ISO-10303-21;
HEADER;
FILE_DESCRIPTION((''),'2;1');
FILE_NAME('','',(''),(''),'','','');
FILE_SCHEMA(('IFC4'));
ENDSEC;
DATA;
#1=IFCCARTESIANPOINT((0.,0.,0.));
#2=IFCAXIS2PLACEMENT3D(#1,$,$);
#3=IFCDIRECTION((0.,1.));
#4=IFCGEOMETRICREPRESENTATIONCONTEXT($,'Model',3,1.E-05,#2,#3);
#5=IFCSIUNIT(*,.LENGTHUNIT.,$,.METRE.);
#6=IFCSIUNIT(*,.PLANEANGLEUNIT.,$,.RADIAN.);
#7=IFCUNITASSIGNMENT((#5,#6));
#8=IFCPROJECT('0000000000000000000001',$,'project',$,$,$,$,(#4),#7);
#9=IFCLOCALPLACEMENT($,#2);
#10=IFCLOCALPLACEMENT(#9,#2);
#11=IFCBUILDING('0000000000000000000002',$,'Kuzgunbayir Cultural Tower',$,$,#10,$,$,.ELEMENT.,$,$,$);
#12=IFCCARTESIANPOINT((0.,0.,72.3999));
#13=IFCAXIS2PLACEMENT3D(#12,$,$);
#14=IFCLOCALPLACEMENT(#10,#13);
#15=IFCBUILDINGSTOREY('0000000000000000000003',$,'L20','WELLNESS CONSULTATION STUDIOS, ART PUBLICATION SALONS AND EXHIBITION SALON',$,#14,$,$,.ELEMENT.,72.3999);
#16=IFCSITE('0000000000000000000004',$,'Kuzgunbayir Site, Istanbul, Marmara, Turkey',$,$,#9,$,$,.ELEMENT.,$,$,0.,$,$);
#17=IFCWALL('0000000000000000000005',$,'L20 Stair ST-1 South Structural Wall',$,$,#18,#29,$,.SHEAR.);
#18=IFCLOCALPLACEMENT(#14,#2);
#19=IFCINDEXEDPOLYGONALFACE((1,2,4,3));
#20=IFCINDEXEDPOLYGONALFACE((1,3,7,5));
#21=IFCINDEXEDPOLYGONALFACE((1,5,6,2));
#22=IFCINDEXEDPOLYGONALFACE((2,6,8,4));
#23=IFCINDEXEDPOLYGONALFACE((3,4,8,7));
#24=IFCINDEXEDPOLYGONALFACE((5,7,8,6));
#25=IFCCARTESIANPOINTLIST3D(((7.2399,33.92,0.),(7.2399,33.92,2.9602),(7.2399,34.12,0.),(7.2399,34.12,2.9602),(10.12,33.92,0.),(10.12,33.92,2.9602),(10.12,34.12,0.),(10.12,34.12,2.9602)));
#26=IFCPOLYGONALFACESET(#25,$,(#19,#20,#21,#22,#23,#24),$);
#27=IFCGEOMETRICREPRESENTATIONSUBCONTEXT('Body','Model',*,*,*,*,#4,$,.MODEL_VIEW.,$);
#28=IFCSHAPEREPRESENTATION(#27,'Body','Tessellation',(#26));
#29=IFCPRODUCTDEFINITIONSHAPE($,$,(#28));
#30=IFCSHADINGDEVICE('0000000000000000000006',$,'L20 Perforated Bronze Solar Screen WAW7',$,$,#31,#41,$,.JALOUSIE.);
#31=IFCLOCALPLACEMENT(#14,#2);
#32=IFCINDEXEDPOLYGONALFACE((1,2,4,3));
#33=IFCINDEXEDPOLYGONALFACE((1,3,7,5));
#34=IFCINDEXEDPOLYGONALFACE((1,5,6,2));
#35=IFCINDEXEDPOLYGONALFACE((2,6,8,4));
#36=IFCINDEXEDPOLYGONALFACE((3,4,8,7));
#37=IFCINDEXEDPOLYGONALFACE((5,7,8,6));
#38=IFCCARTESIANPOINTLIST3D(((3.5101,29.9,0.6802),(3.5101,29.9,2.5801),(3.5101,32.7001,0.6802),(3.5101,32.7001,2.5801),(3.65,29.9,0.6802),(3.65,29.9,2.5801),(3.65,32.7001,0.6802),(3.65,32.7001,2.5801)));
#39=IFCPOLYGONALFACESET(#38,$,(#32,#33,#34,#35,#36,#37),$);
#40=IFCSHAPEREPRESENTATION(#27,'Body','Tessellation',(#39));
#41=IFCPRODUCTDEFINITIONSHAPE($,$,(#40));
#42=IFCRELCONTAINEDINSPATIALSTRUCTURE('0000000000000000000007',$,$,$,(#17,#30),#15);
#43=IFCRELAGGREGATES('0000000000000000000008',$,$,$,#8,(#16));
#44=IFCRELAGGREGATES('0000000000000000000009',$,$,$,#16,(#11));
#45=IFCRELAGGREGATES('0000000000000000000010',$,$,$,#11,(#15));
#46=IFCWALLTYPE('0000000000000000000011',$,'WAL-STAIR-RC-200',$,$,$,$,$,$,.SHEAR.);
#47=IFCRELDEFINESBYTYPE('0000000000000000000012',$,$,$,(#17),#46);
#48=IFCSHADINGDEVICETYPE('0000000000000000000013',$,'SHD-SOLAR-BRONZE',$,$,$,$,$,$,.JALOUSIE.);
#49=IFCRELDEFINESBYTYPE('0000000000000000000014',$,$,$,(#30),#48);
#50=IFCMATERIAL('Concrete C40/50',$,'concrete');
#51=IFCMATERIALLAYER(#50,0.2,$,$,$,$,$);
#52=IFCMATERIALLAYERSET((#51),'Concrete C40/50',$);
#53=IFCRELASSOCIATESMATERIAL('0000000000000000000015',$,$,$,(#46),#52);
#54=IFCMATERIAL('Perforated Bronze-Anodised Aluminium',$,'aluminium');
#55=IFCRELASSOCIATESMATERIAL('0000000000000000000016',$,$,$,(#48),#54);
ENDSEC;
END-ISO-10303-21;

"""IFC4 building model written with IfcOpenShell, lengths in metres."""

from ifc_helpers import new_model, si_unit, direction, frame, frame_2d, origin, origin_2d, place, context, subcontext, project, spatial, rectangle, extrude, material, layer, layer_set, type_object, element, save


model = new_model("IFC4")

# Units and contexts
model_context = context("Model", 3, precision=1e-05, world=origin(), true_north=direction((0.0, 1.0)))
body_context = subcontext(model_context, "Body", "Model", "MODEL_VIEW")
ifc_project = project(units=[si_unit("LENGTHUNIT", "METRE"), si_unit("PLANEANGLEUNIT", "RADIAN")], contexts=[model_context])

# Site, building, storey
site_placement = place(None, origin())
site = spatial("IfcSite", under=ifc_project, at=site_placement, Name="Kuzgunbayir Site, Istanbul, Marmara, Turkey", CompositionType="ELEMENT", RefElevation=0.0)
building_placement = place(site_placement, origin())
building = spatial("IfcBuilding", under=site, at=building_placement, Name="Kuzgunbayir Cultural Tower", CompositionType="ELEMENT")
storey_placement = place(building_placement, frame((0.0, 0.0, 72.3999)))
storey = spatial("IfcBuildingStorey", under=building, at=storey_placement, Name="L20", Description="WELLNESS CONSULTATION STUDIOS, ART PUBLICATION SALONS AND EXHIBITION SALON", CompositionType="ELEMENT", Elevation=72.3999)

# Wall
ifc_material_1 = material(Name="Concrete C40/50", Category="concrete")
ifc_layer_1 = layer(ifc_material_1, 0.2)
ifc_layer_set_1 = layer_set([ifc_layer_1], Name="Concrete C40/50")
wall_type_1 = type_object("IfcWallType", Name="WAL-STAIR-RC-200", PredefinedType="SHEAR", material=ifc_layer_set_1)
wall_1_placement = place(storey_placement, frame((7.24, 34.02, 0.0), z_axis=(0.0, 0.0, 1.0), x_axis=(1.0, 0.0, 0.0)))
element("IfcWall", 1, at=wall_1_placement, inside=storey, type_object=wall_type_1, Name="L20 Stair ST-1 South Structural Wall", PredefinedType="SHEAR", context=body_context, shape_type="SweptSolid", body=[
    extrude(rectangle(XDim=2.8801, YDim=0.2, at=frame_2d((1.4399, 0.0))), origin(), (0.0, 0.0, 1.0), 2.9602),
])

# Shading device
ifc_material_2 = material(Name="Perforated Bronze-Anodised Aluminium", Category="aluminium")
shading_device_type = type_object("IfcShadingDeviceType", Name="SHD-SOLAR-BRONZE", PredefinedType="JALOUSIE", material=ifc_material_2)
shading_device_placement = place(storey_placement, frame((3.5801, 31.3, 0.6802), z_axis=(0.0, 0.0, 1.0), x_axis=(1.0, 0.0, 0.0)))
element("IfcShadingDevice", 2, at=shading_device_placement, inside=storey, type_object=shading_device_type, Name="L20 Perforated Bronze Solar Screen WAW7", PredefinedType="JALOUSIE", context=body_context, shape_type="SweptSolid", body=[
    extrude(rectangle(XDim=0.1399, YDim=2.8, at=origin_2d()), origin(), (0.0, 0.0, 1.0), 1.8999),
])

save(model, "model.ifc")
